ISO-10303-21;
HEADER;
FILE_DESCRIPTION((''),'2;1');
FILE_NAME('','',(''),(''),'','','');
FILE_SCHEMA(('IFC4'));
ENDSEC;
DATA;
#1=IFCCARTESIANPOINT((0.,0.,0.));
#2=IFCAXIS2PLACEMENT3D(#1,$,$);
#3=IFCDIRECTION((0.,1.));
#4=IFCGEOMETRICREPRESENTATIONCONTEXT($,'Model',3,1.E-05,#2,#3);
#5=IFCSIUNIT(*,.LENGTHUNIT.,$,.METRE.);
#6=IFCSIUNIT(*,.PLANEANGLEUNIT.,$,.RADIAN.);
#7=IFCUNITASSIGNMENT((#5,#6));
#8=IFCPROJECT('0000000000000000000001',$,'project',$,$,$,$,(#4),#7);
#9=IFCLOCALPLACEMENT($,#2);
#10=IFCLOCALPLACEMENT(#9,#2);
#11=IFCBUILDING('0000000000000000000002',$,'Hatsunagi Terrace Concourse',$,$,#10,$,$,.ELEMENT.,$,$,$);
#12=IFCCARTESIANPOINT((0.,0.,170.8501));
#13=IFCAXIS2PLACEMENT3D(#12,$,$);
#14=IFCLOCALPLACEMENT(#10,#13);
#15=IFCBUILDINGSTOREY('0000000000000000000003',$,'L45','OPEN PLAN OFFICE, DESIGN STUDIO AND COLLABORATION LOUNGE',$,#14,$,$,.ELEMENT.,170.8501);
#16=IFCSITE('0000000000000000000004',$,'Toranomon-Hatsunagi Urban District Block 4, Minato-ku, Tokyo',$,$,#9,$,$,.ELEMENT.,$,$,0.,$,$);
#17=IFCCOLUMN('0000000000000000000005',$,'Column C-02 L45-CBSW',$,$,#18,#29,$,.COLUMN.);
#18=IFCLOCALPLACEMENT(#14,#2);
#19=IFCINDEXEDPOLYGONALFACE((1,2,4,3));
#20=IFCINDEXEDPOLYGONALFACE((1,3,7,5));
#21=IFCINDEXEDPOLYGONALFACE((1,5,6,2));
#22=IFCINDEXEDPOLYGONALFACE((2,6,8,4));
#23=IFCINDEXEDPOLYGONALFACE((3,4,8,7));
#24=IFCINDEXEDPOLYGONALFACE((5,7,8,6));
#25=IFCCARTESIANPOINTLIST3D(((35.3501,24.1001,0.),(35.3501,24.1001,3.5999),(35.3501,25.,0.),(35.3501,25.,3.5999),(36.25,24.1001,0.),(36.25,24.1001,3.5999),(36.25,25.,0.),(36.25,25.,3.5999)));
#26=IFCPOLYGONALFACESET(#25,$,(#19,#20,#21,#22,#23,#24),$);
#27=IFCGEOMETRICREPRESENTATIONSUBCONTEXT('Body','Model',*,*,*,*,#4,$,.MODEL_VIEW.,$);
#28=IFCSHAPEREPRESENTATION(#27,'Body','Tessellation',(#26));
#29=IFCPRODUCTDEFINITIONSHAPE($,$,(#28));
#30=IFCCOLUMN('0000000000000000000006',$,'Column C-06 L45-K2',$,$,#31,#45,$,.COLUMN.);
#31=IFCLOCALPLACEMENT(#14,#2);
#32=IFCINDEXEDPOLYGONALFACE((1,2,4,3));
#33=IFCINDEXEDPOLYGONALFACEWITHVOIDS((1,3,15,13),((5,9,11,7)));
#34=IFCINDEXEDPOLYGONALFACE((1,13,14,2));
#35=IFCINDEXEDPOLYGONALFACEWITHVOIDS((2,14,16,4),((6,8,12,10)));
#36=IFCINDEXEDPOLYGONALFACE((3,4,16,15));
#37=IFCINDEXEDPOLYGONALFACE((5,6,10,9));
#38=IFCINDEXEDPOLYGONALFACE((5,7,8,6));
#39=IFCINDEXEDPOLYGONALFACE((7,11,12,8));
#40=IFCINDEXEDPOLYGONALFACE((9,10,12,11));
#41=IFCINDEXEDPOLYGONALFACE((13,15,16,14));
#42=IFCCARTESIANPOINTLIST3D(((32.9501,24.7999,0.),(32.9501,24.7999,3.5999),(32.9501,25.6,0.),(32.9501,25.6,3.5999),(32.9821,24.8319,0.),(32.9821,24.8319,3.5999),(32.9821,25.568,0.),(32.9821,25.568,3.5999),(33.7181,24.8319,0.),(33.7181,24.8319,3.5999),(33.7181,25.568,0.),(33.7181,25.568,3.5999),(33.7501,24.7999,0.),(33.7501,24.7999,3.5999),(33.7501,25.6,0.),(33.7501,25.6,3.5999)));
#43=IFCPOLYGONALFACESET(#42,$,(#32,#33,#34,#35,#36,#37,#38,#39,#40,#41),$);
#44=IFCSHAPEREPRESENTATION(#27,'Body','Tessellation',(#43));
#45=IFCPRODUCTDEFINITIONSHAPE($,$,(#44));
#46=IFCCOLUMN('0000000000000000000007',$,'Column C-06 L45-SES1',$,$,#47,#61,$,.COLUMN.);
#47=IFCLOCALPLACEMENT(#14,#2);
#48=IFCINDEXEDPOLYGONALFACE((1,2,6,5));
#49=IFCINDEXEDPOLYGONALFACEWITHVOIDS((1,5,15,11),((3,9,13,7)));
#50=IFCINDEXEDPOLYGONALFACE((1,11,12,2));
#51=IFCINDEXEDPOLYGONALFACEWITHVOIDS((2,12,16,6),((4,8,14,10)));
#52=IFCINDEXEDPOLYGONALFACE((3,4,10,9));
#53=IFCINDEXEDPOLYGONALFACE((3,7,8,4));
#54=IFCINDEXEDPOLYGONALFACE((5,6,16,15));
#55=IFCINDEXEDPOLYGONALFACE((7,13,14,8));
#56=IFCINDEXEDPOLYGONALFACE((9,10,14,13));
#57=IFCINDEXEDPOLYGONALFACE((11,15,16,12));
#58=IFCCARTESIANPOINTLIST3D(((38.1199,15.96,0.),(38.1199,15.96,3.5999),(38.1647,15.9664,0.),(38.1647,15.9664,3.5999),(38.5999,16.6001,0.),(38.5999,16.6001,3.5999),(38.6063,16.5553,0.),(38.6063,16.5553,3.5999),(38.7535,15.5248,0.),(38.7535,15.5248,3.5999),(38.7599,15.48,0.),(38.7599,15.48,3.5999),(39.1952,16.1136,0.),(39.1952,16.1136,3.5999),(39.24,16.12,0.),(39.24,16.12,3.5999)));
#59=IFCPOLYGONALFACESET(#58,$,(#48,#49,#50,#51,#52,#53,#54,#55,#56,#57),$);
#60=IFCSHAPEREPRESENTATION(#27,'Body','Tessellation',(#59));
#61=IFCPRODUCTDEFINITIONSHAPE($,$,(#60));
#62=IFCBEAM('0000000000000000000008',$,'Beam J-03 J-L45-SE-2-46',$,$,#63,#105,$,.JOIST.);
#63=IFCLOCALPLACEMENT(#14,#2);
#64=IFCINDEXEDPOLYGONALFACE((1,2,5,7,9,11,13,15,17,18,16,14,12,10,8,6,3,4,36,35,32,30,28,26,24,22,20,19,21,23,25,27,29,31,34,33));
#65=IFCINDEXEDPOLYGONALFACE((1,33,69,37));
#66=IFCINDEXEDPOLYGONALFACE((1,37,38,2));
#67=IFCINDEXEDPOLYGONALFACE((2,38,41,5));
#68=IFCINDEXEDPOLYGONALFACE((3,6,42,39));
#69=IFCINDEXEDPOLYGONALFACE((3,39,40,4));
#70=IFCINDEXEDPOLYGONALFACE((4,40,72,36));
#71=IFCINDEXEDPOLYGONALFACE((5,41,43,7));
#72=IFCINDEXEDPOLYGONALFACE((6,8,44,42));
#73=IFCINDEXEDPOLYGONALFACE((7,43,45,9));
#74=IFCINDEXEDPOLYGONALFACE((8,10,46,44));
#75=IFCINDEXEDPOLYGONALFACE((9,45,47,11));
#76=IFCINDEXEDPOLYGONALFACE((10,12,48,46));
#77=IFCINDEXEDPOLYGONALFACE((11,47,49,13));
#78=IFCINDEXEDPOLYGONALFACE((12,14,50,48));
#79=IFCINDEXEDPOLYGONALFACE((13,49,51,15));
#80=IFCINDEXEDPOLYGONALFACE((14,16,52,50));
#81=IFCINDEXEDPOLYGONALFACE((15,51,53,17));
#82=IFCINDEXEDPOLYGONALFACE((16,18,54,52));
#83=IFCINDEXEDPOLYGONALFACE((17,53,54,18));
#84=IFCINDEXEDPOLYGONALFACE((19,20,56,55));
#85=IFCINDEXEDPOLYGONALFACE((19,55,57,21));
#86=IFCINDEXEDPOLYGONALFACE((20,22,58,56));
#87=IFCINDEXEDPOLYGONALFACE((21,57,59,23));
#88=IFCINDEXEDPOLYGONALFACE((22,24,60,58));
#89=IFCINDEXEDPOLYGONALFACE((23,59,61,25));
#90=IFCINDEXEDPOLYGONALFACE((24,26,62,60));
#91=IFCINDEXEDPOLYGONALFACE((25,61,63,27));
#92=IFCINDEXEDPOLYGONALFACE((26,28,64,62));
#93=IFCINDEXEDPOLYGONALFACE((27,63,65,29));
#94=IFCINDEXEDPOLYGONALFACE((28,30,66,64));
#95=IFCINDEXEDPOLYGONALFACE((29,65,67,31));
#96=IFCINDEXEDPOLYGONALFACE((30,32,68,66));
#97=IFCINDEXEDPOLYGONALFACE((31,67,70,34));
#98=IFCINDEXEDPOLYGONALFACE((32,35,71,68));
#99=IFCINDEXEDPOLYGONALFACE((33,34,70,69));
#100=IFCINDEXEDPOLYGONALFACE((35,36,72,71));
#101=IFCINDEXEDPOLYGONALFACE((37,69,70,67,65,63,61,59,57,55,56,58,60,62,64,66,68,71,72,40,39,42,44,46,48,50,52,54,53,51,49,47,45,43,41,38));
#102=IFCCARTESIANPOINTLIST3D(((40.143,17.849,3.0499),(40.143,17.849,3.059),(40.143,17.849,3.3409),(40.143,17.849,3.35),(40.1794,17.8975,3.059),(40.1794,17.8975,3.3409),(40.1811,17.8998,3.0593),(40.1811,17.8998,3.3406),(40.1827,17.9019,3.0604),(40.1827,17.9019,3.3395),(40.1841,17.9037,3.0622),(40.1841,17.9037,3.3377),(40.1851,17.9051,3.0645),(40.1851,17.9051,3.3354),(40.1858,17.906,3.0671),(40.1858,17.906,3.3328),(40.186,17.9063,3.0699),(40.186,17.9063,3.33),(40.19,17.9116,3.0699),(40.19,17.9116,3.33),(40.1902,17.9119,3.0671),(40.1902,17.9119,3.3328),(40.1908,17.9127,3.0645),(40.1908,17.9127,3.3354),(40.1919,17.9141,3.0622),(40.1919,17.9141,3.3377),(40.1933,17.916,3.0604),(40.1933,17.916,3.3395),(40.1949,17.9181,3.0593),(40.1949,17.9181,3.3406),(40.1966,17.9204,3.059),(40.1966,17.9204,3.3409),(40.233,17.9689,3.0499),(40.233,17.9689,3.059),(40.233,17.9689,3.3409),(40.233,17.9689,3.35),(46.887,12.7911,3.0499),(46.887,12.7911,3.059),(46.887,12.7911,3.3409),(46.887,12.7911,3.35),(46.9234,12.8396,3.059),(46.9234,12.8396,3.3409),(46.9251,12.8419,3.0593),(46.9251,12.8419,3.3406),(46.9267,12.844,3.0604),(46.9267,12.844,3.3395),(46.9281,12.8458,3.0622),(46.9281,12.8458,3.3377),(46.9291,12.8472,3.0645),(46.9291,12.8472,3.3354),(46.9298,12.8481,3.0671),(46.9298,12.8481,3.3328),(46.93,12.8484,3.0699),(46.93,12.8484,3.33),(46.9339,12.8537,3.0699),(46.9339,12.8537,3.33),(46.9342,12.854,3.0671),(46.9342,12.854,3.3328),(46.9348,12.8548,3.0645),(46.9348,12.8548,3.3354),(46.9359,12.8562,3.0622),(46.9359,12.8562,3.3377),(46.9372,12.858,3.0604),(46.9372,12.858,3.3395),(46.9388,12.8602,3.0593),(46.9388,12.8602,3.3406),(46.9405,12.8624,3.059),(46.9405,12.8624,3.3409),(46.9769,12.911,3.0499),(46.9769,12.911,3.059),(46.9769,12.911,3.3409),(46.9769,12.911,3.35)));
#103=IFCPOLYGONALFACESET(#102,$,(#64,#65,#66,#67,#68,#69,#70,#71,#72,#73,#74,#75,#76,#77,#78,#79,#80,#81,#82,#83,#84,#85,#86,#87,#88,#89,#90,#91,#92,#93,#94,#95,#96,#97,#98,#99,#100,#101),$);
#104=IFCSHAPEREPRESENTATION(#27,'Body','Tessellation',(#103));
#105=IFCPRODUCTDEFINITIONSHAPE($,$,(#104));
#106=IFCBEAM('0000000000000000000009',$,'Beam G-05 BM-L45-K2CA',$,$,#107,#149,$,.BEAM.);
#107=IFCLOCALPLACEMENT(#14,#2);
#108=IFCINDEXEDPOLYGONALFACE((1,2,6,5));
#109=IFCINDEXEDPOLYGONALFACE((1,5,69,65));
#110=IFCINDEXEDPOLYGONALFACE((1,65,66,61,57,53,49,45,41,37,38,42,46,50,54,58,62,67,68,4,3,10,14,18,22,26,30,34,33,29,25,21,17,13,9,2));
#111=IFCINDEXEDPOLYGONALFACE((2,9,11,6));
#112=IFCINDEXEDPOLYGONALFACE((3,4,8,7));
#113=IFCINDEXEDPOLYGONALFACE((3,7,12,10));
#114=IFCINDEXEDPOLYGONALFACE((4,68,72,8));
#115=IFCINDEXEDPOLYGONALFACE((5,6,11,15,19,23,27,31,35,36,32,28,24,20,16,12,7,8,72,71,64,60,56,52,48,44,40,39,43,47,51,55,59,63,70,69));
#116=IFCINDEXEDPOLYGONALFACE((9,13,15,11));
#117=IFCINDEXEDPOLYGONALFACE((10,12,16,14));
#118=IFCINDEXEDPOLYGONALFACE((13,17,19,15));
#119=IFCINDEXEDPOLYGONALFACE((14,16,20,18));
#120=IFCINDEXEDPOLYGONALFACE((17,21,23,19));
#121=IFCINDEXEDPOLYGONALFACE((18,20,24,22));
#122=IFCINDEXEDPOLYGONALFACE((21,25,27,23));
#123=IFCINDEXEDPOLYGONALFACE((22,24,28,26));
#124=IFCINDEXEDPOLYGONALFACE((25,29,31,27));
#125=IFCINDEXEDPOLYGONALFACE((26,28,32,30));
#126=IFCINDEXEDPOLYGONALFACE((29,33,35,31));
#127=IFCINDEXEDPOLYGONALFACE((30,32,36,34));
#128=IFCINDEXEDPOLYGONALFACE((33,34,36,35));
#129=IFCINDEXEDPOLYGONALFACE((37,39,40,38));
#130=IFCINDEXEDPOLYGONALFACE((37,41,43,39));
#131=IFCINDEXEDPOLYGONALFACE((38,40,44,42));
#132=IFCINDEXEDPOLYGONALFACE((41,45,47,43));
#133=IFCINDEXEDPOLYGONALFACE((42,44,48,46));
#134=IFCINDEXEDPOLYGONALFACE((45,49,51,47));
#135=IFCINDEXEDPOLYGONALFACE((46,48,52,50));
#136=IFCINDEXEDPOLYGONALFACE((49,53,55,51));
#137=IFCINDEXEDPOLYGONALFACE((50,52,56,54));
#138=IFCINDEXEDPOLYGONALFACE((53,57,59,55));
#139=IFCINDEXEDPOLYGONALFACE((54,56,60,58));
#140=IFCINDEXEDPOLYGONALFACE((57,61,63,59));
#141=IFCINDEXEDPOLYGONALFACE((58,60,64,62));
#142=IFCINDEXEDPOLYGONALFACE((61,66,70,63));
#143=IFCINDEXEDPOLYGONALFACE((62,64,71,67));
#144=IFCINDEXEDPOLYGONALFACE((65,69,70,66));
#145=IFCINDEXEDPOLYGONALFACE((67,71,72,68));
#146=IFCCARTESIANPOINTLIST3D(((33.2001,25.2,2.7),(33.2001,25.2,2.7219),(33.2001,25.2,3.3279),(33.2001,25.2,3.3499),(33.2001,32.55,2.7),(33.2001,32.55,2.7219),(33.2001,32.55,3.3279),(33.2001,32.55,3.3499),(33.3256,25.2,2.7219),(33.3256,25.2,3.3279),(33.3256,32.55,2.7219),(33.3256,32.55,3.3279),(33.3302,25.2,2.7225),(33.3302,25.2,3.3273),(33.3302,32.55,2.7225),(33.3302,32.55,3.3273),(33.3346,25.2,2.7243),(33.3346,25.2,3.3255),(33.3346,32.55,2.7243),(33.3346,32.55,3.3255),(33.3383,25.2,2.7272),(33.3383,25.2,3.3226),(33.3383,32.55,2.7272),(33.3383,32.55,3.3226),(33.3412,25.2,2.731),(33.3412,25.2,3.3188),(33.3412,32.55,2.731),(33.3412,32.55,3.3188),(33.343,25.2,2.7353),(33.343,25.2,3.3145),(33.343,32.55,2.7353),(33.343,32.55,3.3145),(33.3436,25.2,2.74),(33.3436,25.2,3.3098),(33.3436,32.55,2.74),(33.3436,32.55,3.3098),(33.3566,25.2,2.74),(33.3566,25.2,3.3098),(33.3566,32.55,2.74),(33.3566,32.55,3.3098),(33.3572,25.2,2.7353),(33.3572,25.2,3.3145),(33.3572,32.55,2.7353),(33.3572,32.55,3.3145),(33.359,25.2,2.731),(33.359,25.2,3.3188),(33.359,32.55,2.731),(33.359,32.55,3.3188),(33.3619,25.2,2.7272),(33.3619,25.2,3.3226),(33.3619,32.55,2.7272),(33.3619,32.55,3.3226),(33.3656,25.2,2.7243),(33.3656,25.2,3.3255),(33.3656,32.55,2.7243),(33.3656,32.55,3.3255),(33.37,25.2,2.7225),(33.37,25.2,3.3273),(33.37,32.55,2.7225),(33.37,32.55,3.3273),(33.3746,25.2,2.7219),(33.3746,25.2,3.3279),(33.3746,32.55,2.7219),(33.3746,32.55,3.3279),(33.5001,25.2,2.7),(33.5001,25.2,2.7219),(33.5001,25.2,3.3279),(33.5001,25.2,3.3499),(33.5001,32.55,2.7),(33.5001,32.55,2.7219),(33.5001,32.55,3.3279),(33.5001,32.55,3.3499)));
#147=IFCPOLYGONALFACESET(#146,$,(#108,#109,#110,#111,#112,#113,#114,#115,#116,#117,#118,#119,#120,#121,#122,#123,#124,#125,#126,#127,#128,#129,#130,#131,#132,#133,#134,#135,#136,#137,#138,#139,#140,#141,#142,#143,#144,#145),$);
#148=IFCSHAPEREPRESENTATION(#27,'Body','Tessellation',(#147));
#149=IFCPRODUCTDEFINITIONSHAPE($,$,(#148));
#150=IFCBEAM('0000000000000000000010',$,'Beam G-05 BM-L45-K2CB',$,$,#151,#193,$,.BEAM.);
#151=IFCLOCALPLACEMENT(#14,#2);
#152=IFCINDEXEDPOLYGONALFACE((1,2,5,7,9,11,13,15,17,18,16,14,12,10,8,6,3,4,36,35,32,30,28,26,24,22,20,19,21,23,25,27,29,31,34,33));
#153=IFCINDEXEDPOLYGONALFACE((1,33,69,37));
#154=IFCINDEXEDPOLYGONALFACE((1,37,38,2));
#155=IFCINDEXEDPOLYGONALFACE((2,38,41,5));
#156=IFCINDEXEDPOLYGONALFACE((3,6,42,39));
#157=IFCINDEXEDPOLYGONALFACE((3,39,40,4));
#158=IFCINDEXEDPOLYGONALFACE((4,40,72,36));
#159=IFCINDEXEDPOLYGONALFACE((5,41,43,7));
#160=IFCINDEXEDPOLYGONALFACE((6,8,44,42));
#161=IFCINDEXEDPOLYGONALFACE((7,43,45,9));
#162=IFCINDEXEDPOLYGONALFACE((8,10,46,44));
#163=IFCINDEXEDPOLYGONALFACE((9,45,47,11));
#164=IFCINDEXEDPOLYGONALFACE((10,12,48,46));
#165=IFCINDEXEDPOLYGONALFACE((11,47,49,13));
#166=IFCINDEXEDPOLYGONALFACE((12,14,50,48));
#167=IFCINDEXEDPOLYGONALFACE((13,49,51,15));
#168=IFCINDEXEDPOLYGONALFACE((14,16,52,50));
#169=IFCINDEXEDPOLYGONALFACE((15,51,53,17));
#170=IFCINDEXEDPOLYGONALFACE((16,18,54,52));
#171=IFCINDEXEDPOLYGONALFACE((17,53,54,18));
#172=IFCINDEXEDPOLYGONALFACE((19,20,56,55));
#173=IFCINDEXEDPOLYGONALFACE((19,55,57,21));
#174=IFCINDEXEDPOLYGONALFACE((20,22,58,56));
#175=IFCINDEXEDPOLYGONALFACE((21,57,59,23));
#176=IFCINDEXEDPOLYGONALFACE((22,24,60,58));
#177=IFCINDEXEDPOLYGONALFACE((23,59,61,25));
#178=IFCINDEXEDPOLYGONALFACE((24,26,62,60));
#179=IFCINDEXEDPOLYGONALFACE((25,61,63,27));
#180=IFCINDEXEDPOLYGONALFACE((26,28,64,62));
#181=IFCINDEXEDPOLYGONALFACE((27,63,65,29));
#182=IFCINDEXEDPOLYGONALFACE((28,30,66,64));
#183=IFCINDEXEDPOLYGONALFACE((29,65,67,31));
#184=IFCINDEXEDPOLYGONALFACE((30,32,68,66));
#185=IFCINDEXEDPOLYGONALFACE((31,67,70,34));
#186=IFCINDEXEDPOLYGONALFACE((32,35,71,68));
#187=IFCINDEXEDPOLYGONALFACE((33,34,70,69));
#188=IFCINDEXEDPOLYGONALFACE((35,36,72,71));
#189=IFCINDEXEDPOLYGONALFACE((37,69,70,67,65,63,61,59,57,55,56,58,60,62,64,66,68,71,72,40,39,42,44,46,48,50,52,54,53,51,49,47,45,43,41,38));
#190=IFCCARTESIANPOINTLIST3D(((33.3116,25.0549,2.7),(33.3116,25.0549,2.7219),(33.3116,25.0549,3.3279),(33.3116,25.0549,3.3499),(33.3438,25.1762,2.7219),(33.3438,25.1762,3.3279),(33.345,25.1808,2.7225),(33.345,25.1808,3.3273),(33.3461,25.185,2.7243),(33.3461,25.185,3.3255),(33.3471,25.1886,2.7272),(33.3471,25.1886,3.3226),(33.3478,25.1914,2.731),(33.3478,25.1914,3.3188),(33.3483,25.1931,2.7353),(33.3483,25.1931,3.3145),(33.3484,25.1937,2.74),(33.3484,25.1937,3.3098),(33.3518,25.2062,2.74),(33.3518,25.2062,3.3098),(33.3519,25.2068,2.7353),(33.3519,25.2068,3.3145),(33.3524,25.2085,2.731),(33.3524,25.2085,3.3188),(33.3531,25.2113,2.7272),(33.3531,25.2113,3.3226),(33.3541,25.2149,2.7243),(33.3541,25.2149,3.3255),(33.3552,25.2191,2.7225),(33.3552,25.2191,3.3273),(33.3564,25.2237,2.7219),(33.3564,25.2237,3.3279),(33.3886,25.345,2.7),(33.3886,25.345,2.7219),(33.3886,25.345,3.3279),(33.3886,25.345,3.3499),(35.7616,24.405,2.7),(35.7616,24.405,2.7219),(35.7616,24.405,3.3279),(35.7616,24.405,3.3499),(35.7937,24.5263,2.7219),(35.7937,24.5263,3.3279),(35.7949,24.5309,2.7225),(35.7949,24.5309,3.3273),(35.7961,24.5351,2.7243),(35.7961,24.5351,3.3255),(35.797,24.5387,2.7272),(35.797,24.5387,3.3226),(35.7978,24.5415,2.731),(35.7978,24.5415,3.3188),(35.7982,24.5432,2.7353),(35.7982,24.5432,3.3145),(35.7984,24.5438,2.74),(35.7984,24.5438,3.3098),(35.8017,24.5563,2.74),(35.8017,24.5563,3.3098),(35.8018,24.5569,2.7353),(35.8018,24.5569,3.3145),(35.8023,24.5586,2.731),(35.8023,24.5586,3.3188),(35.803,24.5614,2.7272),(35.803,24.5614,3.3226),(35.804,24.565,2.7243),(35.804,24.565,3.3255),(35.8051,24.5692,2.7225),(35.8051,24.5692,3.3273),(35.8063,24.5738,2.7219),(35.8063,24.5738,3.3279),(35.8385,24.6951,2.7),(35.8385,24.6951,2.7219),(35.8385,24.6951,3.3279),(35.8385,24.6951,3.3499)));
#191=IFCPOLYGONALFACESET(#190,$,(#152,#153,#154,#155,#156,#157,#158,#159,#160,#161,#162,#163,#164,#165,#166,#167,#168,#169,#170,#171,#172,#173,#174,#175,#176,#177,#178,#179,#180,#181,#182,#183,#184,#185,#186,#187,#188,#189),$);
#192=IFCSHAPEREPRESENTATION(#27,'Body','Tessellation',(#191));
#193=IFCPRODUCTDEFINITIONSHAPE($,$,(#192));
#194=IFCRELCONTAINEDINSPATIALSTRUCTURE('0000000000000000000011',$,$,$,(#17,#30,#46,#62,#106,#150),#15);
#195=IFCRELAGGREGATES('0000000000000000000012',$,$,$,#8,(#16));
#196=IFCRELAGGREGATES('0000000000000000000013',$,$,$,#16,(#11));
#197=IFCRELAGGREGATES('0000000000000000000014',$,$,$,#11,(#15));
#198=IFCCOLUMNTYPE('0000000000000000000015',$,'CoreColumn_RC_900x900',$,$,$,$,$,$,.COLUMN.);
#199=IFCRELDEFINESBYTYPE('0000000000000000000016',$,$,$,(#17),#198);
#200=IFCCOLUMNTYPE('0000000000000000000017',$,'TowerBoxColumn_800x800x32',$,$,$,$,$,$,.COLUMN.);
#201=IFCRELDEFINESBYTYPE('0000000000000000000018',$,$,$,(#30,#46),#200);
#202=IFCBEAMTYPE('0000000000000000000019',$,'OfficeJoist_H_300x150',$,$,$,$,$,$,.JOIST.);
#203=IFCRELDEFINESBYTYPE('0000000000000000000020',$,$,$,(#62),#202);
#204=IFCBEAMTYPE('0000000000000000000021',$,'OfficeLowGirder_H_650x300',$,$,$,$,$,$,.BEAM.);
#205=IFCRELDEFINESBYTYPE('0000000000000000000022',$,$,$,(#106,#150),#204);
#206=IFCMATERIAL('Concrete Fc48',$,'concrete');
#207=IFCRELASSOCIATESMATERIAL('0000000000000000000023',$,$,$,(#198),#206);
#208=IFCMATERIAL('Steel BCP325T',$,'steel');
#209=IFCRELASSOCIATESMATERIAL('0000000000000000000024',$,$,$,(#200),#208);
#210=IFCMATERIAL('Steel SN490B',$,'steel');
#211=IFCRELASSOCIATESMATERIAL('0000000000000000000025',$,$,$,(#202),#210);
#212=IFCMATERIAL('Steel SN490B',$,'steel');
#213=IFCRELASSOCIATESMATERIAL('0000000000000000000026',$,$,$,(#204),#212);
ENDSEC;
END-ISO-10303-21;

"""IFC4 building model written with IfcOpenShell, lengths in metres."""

from ifc_helpers import new_model, si_unit, direction, frame, origin, origin_2d, place, context, subcontext, project, spatial, rectangle, hollow_rectangle, i_section, extrude, material, material_profile, profile_set, type_object, element, save


model = new_model("IFC4")

# Units and contexts
model_context = context("Model", 3, precision=1e-05, world=origin(), true_north=direction((0.0, 1.0)))
body_context = subcontext(model_context, "Body", "Model", "MODEL_VIEW")
ifc_project = project(units=[si_unit("LENGTHUNIT", "METRE"), si_unit("PLANEANGLEUNIT", "RADIAN")], contexts=[model_context])

# Site, building, storey
site_placement = place(None, origin())
site = spatial("IfcSite", under=ifc_project, at=site_placement, Name="Toranomon-Hatsunagi Urban District Block 4, Minato-ku, Tokyo", CompositionType="ELEMENT", RefElevation=0.0)
building_placement = place(site_placement, origin())
building = spatial("IfcBuilding", under=site, at=building_placement, Name="Hatsunagi Terrace Concourse", CompositionType="ELEMENT")
storey_placement = place(building_placement, frame((0.0, 0.0, 170.8501)))
storey = spatial("IfcBuildingStorey", under=building, at=storey_placement, Name="L45", Description="OPEN PLAN OFFICE, DESIGN STUDIO AND COLLABORATION LOUNGE", CompositionType="ELEMENT", Elevation=170.8501)

# Columns
ifc_material_1 = material(Name="Concrete Fc48", Category="concrete")
ifc_material_profile_1 = material_profile(ifc_material_1, rectangle(XDim=0.8999, YDim=0.8999, at=origin_2d()), Name="RC-900x900")
ifc_profile_set_1 = profile_set([ifc_material_profile_1], Name="Concrete Fc48")
column_type_1 = type_object("IfcColumnType", Name="CoreColumn_RC_900x900", PredefinedType="COLUMN", material=ifc_profile_set_1)
column_placement = place(storey_placement, frame((35.8, 24.55, 0.0), z_axis=(0.0, 0.0, 1.0), x_axis=(1.0, 0.0, 0.0)))
element("IfcColumn", 1, at=column_placement, inside=storey, type_object=column_type_1, Name="Column C-02 L45-CBSW", PredefinedType="COLUMN", context=body_context, shape_type="SweptSolid", body=[
    extrude(rectangle(XDim=0.8999, YDim=0.8999, at=origin_2d()), origin(), (0.0, 0.0, 1.0), 3.5999),
])
ifc_material_2 = material(Name="Steel BCP325T", Category="steel")
ifc_material_profile_2 = material_profile(ifc_material_2, hollow_rectangle(XDim=0.8, YDim=0.8, WallThickness=0.032, at=origin_2d()), Name="BCP-800x800x32")
ifc_profile_set_2 = profile_set([ifc_material_profile_2], Name="Steel BCP325T")
column_type_2 = type_object("IfcColumnType", Name="TowerBoxColumn_800x800x32", PredefinedType="COLUMN", material=ifc_profile_set_2)
for number, where, z_axis, x_axis, name in (
    (2, (33.3501, 25.2, 0.0), (0.0, 0.0, 1.0), (1.0, 0.0, 0.0), "Column C-06 L45-K2"),
    (3, (38.6799, 16.04, 0.0), (0.0, 0.0, 1.0), (0.8, -0.6, 0.0), "Column C-06 L45-SES1"),
):
    element("IfcColumn", number, at=place(storey_placement, frame(where, z_axis=z_axis, x_axis=x_axis)), inside=storey, type_object=column_type_2, Name=name, PredefinedType="COLUMN", context=body_context, shape_type="SweptSolid", body=[
        extrude(hollow_rectangle(XDim=0.8, YDim=0.8, WallThickness=0.032, at=origin_2d()), origin(), (0.0, 0.0, 1.0), 3.5999),
    ])

# Beams
ifc_material_3 = material(Name="Steel SN490B", Category="steel")
ifc_material_profile_3 = material_profile(ifc_material_3, i_section(OverallWidth=0.1499, OverallDepth=0.3, WebThickness=0.0066, FlangeThickness=0.009, FilletRadius=0.011, at=origin_2d()), Name="H-300x150x6.5x9")
ifc_profile_set_3 = profile_set([ifc_material_profile_3], Name="Steel SN490B")
beam_type_1 = type_object("IfcBeamType", Name="OfficeJoist_H_300x150", PredefinedType="JOIST", material=ifc_profile_set_3)
beam_1_placement = place(storey_placement, frame((40.188, 17.9089, 3.2), z_axis=(0.800003, -0.599995, 0.0), x_axis=(0.599995, 0.800003, 0.0)))
element("IfcBeam", 4, at=beam_1_placement, inside=storey, type_object=beam_type_1, Name="Beam J-03 J-L45-SE-2-46", PredefinedType="JOIST", context=body_context, shape_type="SweptSolid", body=[
    extrude(i_section(OverallWidth=0.1499, OverallDepth=0.3, WebThickness=0.0066, FlangeThickness=0.009, FilletRadius=0.011, at=origin_2d()), origin(), (0.0, 0.0, 1.0), 8.4299),
])
ifc_material_4 = material(Name="Steel SN490B", Category="steel")
ifc_material_profile_4 = material_profile(ifc_material_4, i_section(OverallWidth=0.3, OverallDepth=0.6499, WebThickness=0.0129, FlangeThickness=0.022, FilletRadius=0.0181, at=origin_2d()), Name="H-650x300x13x22")
ifc_profile_set_4 = profile_set([ifc_material_profile_4], Name="Steel SN490B")
beam_type_2 = type_object("IfcBeamType", Name="OfficeLowGirder_H_650x300", PredefinedType="BEAM", material=ifc_profile_set_4)
beam_2_placement = place(storey_placement, frame((33.3501, 25.2, 3.0249), z_axis=(0.0, 1.0, 0.0), x_axis=(-1.0, 0.0, 0.0)))
element("IfcBeam", 5, at=beam_2_placement, inside=storey, type_object=beam_type_2, Name="Beam G-05 BM-L45-K2CA", PredefinedType="BEAM", context=body_context, shape_type="SweptSolid", body=[
    extrude(i_section(OverallWidth=0.3, OverallDepth=0.6499, WebThickness=0.0129, FlangeThickness=0.022, FilletRadius=0.0181, at=origin_2d()), origin(), (0.0, 0.0, 1.0), 7.3501),
])
beam_3_placement = place(storey_placement, frame((33.3501, 25.2, 3.0249), z_axis=(0.96657, -0.256403, 0.0), x_axis=(0.256403, 0.96657, 0.0)))
element("IfcBeam", 6, at=beam_3_placement, inside=storey, type_object=beam_type_2, Name="Beam G-05 BM-L45-K2CB", PredefinedType="BEAM", context=body_context, shape_type="SweptSolid", body=[
    extrude(i_section(OverallWidth=0.3, OverallDepth=0.6499, WebThickness=0.0129, FlangeThickness=0.022, FilletRadius=0.0181, at=origin_2d()), origin(), (0.0, 0.0, 1.0), 2.5347),
])

save(model, "model.ifc")
